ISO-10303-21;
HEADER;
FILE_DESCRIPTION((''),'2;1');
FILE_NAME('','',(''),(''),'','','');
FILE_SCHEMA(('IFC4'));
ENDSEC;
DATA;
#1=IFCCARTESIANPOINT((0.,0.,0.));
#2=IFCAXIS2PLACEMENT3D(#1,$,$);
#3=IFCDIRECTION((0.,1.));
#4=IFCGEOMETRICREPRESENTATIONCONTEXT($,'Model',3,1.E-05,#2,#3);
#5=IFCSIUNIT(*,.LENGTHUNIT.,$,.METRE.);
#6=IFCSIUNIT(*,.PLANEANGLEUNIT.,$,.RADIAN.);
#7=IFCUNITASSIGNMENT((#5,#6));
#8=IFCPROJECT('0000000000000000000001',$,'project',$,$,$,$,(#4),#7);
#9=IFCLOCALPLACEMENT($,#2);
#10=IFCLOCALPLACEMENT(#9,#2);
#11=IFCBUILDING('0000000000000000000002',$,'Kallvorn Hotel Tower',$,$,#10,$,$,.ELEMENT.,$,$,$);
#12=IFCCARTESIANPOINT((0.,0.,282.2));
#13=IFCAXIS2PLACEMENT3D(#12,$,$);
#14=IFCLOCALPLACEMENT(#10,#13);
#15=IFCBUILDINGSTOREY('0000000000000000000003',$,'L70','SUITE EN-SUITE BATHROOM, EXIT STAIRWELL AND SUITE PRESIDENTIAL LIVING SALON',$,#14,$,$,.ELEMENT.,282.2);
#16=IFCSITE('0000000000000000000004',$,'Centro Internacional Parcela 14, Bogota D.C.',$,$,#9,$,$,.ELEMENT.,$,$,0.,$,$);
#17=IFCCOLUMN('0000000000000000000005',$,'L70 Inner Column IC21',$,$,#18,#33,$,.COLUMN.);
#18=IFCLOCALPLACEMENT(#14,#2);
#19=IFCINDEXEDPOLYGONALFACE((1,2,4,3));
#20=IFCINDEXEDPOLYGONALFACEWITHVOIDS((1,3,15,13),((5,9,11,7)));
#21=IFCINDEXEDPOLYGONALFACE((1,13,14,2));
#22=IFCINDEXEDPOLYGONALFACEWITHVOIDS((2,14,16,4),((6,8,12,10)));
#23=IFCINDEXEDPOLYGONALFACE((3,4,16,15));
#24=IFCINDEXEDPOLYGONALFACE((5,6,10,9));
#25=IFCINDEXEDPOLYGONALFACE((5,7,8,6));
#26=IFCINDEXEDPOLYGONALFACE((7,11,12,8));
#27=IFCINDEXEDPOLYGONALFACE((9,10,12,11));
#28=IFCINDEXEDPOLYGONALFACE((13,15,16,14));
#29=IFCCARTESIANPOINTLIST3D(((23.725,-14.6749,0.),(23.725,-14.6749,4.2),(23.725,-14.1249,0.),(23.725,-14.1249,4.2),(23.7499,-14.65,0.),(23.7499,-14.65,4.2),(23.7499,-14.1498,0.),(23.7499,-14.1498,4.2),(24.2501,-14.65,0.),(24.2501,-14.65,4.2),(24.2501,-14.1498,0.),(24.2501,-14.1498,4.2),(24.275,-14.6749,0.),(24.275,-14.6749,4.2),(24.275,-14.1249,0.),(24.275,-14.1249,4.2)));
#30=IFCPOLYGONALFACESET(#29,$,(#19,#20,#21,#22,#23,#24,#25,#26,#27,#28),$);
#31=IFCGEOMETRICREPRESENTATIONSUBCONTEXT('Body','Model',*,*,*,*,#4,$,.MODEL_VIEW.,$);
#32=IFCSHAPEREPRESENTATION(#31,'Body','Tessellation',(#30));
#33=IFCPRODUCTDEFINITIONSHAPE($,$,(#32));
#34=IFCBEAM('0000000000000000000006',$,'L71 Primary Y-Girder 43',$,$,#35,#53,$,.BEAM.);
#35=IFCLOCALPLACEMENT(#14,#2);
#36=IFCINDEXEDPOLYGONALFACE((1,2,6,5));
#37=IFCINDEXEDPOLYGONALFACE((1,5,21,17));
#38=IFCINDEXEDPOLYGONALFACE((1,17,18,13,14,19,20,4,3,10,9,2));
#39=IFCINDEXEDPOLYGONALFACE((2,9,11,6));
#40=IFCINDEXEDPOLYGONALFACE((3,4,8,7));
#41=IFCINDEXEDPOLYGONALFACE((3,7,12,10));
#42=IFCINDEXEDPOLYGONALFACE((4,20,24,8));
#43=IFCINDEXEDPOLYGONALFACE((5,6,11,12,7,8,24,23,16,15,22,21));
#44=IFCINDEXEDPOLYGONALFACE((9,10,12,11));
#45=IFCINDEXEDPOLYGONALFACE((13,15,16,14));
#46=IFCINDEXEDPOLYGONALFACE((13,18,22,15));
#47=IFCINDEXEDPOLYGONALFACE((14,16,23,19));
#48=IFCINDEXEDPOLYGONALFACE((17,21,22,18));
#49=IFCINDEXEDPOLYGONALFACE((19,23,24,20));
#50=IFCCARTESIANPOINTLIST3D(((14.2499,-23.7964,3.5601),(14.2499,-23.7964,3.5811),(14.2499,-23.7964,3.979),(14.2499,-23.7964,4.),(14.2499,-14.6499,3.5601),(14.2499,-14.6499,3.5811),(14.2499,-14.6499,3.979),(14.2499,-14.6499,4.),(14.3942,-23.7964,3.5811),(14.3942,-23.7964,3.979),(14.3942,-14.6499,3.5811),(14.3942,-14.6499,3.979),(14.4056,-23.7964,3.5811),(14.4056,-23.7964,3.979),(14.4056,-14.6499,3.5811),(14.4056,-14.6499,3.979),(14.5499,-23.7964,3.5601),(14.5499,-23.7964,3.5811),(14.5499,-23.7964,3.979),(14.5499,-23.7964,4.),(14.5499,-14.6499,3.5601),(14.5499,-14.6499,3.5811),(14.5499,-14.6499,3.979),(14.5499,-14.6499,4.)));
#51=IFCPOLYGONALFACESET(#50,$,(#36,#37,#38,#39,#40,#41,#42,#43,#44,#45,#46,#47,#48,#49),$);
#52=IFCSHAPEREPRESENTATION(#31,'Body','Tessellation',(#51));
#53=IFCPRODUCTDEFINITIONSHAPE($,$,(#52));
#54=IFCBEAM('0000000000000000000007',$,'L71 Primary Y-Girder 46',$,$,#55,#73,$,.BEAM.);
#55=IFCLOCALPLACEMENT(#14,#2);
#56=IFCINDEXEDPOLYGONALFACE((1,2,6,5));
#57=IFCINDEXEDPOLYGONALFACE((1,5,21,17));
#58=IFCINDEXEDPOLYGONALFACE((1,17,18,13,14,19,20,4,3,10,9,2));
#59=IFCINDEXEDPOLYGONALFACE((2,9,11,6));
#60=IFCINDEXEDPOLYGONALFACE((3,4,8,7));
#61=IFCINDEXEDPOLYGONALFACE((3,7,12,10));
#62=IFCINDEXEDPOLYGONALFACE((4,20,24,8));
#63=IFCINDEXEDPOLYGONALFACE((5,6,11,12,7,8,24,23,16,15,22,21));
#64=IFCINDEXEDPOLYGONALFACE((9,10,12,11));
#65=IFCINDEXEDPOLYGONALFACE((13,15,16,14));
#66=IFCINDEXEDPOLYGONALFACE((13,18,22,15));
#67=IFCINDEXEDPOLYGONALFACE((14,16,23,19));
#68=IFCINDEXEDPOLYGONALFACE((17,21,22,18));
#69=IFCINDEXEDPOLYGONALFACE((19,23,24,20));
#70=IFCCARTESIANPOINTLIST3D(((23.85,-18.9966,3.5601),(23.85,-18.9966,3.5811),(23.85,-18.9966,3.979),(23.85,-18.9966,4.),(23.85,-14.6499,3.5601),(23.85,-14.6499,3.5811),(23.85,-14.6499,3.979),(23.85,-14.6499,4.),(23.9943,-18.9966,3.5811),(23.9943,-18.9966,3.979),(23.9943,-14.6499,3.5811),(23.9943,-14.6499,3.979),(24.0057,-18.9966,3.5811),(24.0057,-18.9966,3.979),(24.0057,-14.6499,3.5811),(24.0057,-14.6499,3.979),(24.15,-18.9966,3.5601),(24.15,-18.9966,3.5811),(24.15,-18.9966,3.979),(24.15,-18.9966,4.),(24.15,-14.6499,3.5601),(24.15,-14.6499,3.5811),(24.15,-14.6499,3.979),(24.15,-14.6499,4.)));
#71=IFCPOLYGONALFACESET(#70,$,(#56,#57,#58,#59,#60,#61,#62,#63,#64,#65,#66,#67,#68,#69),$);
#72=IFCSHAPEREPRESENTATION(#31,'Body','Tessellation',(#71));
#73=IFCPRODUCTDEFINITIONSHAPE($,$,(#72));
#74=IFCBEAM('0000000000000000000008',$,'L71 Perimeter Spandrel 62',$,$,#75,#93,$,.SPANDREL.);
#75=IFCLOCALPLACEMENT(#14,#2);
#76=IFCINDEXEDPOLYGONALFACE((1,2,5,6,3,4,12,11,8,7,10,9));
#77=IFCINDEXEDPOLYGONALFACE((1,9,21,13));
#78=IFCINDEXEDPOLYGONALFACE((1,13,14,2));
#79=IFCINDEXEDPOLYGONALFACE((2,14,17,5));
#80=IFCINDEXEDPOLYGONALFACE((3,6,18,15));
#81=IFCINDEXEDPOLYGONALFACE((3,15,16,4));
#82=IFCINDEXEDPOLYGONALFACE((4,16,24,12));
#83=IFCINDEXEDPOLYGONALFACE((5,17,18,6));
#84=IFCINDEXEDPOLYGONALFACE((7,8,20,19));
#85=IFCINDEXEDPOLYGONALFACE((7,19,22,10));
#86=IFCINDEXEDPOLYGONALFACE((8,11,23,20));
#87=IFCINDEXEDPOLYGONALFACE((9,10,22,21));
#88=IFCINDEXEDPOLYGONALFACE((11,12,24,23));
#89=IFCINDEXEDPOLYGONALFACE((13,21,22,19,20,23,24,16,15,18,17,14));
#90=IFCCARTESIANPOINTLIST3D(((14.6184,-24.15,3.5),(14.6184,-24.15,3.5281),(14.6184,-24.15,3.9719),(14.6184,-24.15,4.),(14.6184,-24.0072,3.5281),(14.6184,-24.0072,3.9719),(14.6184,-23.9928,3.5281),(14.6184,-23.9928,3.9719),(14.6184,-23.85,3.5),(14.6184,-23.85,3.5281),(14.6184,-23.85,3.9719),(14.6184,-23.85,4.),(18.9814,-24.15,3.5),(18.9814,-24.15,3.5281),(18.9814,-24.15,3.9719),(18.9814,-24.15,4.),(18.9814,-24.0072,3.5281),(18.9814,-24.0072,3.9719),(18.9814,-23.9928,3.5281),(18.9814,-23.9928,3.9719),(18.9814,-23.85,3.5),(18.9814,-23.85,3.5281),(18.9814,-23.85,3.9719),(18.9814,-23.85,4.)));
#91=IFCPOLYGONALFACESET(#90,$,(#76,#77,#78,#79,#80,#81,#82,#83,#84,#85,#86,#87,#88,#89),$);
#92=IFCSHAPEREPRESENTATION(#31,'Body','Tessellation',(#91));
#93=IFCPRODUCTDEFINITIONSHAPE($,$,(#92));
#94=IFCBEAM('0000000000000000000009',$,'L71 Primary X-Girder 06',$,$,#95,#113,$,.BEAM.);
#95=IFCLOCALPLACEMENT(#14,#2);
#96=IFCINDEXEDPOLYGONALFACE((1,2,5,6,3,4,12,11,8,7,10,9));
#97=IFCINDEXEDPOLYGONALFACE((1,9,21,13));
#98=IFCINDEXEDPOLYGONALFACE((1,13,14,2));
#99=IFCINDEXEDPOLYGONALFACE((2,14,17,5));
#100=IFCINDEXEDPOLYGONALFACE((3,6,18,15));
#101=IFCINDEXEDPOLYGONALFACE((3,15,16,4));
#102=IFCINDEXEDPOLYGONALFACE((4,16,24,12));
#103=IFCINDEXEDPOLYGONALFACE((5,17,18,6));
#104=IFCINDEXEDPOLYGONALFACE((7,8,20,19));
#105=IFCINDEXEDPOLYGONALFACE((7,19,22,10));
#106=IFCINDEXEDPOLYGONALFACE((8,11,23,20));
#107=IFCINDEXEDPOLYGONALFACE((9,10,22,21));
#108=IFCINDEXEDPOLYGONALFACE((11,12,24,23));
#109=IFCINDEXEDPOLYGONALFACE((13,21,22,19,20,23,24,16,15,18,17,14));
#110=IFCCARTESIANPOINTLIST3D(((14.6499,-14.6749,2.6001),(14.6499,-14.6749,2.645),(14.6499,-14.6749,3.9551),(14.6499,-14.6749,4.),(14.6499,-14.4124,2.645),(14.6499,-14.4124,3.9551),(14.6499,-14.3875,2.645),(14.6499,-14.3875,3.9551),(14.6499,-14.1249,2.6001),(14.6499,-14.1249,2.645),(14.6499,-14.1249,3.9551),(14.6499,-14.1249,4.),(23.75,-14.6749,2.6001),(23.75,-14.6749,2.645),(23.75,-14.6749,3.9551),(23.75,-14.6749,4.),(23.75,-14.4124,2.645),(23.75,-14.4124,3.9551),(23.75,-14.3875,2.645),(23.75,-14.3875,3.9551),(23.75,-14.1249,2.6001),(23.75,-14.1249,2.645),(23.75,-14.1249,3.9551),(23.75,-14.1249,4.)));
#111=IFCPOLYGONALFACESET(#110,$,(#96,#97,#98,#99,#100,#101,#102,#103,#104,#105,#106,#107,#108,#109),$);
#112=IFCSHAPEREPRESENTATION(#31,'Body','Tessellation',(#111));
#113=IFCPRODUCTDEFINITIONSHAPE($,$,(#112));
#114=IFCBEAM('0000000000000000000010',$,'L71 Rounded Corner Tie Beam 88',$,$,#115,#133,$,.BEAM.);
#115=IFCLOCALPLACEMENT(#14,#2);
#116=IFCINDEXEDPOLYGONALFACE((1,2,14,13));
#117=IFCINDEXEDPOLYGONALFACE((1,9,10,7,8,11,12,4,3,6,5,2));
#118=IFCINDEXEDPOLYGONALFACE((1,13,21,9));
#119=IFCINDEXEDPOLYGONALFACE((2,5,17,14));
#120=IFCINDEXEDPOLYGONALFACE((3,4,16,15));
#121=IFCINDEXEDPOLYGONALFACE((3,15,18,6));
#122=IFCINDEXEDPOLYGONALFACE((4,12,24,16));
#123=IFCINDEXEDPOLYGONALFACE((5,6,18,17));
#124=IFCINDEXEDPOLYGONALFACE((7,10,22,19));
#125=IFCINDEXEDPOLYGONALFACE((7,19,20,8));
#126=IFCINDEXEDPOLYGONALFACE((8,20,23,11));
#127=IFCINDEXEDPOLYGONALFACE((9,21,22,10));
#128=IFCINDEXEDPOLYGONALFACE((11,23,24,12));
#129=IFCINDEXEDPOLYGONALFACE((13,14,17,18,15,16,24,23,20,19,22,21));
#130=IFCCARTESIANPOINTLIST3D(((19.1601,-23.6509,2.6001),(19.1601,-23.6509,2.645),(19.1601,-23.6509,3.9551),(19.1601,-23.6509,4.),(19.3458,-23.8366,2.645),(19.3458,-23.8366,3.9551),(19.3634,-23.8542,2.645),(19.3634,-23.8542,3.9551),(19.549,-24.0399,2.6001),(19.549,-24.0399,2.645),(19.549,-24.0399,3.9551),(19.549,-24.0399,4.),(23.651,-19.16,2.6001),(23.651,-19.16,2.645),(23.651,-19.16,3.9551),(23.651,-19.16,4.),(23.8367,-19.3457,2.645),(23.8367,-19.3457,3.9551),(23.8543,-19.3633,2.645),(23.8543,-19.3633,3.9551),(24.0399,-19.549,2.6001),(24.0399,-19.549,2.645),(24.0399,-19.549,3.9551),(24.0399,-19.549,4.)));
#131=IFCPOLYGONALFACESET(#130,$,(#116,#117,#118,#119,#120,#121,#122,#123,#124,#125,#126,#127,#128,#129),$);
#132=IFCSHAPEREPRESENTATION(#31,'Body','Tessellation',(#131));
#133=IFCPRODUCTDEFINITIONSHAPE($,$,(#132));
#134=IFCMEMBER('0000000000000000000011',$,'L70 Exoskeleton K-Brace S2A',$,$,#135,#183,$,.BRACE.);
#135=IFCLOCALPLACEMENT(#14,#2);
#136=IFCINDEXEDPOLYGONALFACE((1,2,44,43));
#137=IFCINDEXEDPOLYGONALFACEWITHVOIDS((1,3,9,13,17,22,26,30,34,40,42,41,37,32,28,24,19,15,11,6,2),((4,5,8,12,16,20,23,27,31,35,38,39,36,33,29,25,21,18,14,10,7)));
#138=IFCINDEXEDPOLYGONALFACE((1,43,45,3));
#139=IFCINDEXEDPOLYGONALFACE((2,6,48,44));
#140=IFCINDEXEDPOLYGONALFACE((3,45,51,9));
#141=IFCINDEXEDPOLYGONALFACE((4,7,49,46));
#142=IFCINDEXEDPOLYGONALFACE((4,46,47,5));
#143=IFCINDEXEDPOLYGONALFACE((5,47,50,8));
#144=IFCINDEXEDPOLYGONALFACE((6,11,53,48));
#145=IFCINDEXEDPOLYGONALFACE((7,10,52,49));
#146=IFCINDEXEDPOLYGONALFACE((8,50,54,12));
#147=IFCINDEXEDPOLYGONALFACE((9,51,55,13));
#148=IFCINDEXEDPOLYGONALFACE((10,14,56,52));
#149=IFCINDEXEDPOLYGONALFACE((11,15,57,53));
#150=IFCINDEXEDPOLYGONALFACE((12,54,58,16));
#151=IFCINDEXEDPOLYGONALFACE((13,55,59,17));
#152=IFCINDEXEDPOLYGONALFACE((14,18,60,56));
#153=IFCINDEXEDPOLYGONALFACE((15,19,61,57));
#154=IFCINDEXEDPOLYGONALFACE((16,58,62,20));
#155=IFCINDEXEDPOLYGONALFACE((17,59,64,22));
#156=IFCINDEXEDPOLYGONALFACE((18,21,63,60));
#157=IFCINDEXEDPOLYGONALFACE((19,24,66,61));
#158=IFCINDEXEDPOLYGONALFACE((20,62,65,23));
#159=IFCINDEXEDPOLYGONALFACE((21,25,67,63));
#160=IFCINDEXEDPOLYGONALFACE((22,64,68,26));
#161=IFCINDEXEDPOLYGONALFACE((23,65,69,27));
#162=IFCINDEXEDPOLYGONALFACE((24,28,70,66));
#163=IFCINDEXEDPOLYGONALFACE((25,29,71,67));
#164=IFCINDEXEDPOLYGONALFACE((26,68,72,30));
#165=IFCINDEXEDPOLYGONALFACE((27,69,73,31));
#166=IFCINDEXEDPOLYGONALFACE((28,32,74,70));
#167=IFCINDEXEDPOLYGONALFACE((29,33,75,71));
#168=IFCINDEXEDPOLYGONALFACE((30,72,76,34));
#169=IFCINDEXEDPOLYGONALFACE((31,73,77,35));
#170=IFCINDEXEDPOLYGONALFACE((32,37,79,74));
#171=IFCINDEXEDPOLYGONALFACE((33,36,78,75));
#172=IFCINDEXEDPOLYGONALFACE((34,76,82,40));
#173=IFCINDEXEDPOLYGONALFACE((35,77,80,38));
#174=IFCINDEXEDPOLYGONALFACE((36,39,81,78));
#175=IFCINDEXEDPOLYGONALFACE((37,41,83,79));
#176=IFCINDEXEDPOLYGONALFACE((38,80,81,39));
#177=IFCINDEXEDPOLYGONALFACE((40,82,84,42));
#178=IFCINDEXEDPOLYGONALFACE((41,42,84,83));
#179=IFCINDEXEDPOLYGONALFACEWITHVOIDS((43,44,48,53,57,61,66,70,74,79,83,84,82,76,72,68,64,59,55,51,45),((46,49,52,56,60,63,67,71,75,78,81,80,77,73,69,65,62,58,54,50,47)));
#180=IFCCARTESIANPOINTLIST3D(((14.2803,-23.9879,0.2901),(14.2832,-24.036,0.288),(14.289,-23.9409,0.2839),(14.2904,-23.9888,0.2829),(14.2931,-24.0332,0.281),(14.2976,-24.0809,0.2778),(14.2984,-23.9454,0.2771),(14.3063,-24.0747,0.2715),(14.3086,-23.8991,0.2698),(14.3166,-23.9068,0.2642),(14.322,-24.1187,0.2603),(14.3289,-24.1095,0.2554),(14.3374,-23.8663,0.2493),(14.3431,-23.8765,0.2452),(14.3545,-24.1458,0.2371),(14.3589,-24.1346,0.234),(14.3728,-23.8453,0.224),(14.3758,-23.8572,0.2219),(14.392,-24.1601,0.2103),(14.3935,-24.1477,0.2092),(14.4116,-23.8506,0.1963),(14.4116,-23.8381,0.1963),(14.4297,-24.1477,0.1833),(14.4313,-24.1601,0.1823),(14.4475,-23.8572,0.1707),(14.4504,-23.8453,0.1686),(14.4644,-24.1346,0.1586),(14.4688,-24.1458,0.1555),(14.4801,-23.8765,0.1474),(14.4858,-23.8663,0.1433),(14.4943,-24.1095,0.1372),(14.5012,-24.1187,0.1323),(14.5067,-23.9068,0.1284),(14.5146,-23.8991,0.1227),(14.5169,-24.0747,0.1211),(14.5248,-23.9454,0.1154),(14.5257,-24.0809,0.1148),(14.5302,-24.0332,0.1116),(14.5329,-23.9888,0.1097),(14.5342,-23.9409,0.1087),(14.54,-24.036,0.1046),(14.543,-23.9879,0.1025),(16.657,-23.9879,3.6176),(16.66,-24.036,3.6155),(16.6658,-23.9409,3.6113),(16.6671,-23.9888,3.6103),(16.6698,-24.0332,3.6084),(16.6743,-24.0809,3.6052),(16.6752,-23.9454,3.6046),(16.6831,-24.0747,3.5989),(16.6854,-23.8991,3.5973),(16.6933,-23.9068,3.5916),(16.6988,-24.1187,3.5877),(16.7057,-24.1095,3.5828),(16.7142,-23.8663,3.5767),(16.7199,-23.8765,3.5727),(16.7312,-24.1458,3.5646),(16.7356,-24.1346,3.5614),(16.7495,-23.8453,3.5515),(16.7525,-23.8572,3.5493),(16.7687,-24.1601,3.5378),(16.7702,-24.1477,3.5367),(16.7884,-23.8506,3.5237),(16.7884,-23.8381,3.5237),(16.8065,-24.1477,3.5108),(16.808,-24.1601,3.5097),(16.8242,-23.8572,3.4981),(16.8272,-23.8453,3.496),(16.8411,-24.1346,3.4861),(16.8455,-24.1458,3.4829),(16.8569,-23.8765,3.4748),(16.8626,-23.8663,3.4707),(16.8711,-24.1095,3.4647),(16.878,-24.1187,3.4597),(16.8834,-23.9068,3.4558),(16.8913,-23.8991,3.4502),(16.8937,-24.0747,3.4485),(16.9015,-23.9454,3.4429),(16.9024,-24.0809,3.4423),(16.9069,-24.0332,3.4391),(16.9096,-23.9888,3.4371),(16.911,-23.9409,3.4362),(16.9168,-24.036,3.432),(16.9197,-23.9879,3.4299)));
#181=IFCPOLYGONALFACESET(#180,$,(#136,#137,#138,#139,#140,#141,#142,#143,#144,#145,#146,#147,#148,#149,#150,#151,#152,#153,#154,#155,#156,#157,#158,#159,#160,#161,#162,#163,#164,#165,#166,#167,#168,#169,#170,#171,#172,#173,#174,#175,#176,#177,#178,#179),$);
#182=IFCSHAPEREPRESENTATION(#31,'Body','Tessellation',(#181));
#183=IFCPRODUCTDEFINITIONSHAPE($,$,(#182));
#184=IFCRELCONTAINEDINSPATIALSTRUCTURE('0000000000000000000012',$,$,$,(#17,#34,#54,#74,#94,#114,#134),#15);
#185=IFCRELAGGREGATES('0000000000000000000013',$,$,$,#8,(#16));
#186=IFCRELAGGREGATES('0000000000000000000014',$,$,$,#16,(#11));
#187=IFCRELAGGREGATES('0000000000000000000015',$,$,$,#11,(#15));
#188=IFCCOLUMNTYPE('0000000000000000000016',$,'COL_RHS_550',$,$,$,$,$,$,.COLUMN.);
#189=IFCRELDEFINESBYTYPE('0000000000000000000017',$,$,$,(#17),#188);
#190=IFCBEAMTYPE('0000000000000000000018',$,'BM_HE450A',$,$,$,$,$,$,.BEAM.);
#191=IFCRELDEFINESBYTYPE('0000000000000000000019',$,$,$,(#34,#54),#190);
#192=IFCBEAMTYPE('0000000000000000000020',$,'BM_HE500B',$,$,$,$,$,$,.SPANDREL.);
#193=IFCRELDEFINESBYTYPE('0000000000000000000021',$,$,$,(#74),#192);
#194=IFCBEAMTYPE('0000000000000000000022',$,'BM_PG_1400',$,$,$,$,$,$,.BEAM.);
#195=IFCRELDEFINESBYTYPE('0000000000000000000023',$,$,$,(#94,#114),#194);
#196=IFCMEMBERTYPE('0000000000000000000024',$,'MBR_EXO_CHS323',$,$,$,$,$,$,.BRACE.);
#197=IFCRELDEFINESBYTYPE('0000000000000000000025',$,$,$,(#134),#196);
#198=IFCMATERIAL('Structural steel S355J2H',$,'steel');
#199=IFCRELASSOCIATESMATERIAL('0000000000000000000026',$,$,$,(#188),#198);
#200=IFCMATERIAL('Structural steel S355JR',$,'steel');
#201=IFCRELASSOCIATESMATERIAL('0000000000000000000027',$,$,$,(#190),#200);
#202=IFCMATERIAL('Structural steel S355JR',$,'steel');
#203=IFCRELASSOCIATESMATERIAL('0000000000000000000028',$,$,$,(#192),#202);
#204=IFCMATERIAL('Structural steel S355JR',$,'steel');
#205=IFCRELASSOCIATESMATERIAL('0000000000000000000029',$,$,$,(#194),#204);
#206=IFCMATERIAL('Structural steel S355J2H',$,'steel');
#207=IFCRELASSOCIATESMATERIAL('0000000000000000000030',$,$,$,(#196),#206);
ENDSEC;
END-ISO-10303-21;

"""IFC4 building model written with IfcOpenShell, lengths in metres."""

from ifc_helpers import new_model, si_unit, direction, frame, origin, origin_2d, place, context, subcontext, project, spatial, hollow_rectangle, hollow_circle, i_section, extrude, material, material_profile, profile_set, type_object, element, save


model = new_model("IFC4")

# Units and contexts
model_context = context("Model", 3, precision=1e-05, world=origin(), true_north=direction((0.0, 1.0)))
body_context = subcontext(model_context, "Body", "Model", "MODEL_VIEW")
ifc_project = project(units=[si_unit("LENGTHUNIT", "METRE"), si_unit("PLANEANGLEUNIT", "RADIAN")], contexts=[model_context])

# Site, building, storey
site_placement = place(None, origin())
site = spatial("IfcSite", under=ifc_project, at=site_placement, Name="Centro Internacional Parcela 14, Bogota D.C.", CompositionType="ELEMENT", RefElevation=0.0)
building_placement = place(site_placement, origin())
building = spatial("IfcBuilding", under=site, at=building_placement, Name="Kallvorn Hotel Tower", CompositionType="ELEMENT")
storey_placement = place(building_placement, frame((0.0, 0.0, 282.2)))
storey = spatial("IfcBuildingStorey", under=building, at=storey_placement, Name="L70", Description="SUITE EN-SUITE BATHROOM, EXIT STAIRWELL AND SUITE PRESIDENTIAL LIVING SALON", CompositionType="ELEMENT", Elevation=282.2)

# Column
ifc_material_1 = material(Name="Structural steel S355J2H", Category="steel")
ifc_material_profile_1 = material_profile(ifc_material_1, hollow_rectangle(XDim=0.55, YDim=0.55, WallThickness=0.0249, at=origin_2d()), Name="RHS 550x550x25")
ifc_profile_set_1 = profile_set([ifc_material_profile_1], Name="Structural steel S355J2H")
column_type_1 = type_object("IfcColumnType", Name="COL_RHS_550", PredefinedType="COLUMN", material=ifc_profile_set_1)
for number, where, z_axis, x_axis, name in (
    (1, (24.0, -14.3999, 0.0), (0.0, 0.0, 1.0), (1.0, 0.0, 0.0), "L70 Inner Column IC21"),
):
    element("IfcColumn", number, at=place(storey_placement, frame(where, z_axis=z_axis, x_axis=x_axis)), inside=storey, type_object=column_type_1, Name=name, PredefinedType="COLUMN", context=body_context, shape_type="SweptSolid", body=[
        extrude(hollow_rectangle(XDim=0.55, YDim=0.55, WallThickness=0.0249, at=origin_2d()), origin(), (0.0, 0.0, 1.0), 4.2),
    ])

# Beams
ifc_material_2 = material(Name="Structural steel S355JR", Category="steel")
ifc_material_profile_2 = material_profile(ifc_material_2, i_section(OverallWidth=0.3, OverallDepth=0.4399, WebThickness=0.0115, FlangeThickness=0.021, at=origin_2d()), Name="HE 450 A")
ifc_profile_set_2 = profile_set([ifc_material_profile_2], Name="Structural steel S355JR")
beam_type_1 = type_object("IfcBeamType", Name="BM_HE450A", PredefinedType="BEAM", material=ifc_profile_set_2)
beam_1_placement = place(storey_placement, frame((14.3999, -23.7964, 3.78), z_axis=(0.0, 1.0, 0.0), x_axis=(-1.0, 0.0, 0.0)))
element("IfcBeam", 2, at=beam_1_placement, inside=storey, type_object=beam_type_1, Name="L71 Primary Y-Girder 43", PredefinedType="BEAM", context=body_context, shape_type="SweptSolid", body=[
    extrude(i_section(OverallWidth=0.3, OverallDepth=0.4399, WebThickness=0.0115, FlangeThickness=0.021, at=origin_2d()), origin(), (0.0, 0.0, 1.0), 9.1465),
])
beam_2_placement = place(storey_placement, frame((24.0, -18.9966, 3.78), z_axis=(0.0, 1.0, 0.0), x_axis=(-1.0, 0.0, 0.0)))
element("IfcBeam", 3, at=beam_2_placement, inside=storey, type_object=beam_type_1, Name="L71 Primary Y-Girder 46", PredefinedType="BEAM", context=body_context, shape_type="SweptSolid", body=[
    extrude(i_section(OverallWidth=0.3, OverallDepth=0.4399, WebThickness=0.0115, FlangeThickness=0.021, at=origin_2d()), origin(), (0.0, 0.0, 1.0), 4.3467),
])
ifc_material_3 = material(Name="Structural steel S355JR", Category="steel")
ifc_material_profile_3 = material_profile(ifc_material_3, i_section(OverallWidth=0.3, OverallDepth=0.5, WebThickness=0.0144, FlangeThickness=0.0281, at=origin_2d()), Name="HE 500 B")
ifc_profile_set_3 = profile_set([ifc_material_profile_3], Name="Structural steel S355JR")
beam_type_2 = type_object("IfcBeamType", Name="BM_HE500B", PredefinedType="SPANDREL", material=ifc_profile_set_3)
beam_3_placement = place(storey_placement, frame((14.6184, -24.0, 3.75), z_axis=(1.0, 0.0, 0.0), x_axis=(0.0, 1.0, 0.0)))
element("IfcBeam", 4, at=beam_3_placement, inside=storey, type_object=beam_type_2, Name="L71 Perimeter Spandrel 62", PredefinedType="SPANDREL", context=body_context, shape_type="SweptSolid", body=[
    extrude(i_section(OverallWidth=0.3, OverallDepth=0.5, WebThickness=0.0144, FlangeThickness=0.0281, at=origin_2d()), origin(), (0.0, 0.0, 1.0), 4.363),
])
ifc_material_4 = material(Name="Structural steel S355JR", Category="steel")
ifc_material_profile_4 = material_profile(ifc_material_4, i_section(OverallWidth=0.55, OverallDepth=1.3999, WebThickness=0.0249, FlangeThickness=0.0449, at=origin_2d()), Name="PG 1400x550x25x45")
ifc_profile_set_4 = profile_set([ifc_material_profile_4], Name="Structural steel S355JR")
beam_type_3 = type_object("IfcBeamType", Name="BM_PG_1400", PredefinedType="BEAM", material=ifc_profile_set_4)
beam_4_placement = place(storey_placement, frame((14.6499, -14.3999, 3.3), z_axis=(1.0, 0.0, 0.0), x_axis=(0.0, 1.0, 0.0)))
element("IfcBeam", 5, at=beam_4_placement, inside=storey, type_object=beam_type_3, Name="L71 Primary X-Girder 06", PredefinedType="BEAM", context=body_context, shape_type="SweptSolid", body=[
    extrude(i_section(OverallWidth=0.55, OverallDepth=1.3999, WebThickness=0.0249, FlangeThickness=0.0449, at=origin_2d()), origin(), (0.0, 0.0, 1.0), 9.1001),
])
beam_5_placement = place(storey_placement, frame((23.8455, -19.3545, 3.3), z_axis=(-0.707107, -0.707107, 0.0), x_axis=(0.707107, -0.707107, 0.0)))
element("IfcBeam", 6, at=beam_5_placement, inside=storey, type_object=beam_type_3, Name="L71 Rounded Corner Tie Beam 88", PredefinedType="BEAM", context=body_context, shape_type="SweptSolid", body=[
    extrude(i_section(OverallWidth=0.55, OverallDepth=1.3999, WebThickness=0.0249, FlangeThickness=0.0449, at=origin_2d()), origin(), (0.0, 0.0, 1.0), 6.3511),
])

# Member
ifc_material_5 = material(Name="Structural steel S355J2H", Category="steel")
ifc_material_profile_5 = material_profile(ifc_material_5, hollow_circle(Radius=0.1619, WallThickness=0.0125, at=origin_2d()), Name="CHS 323.9x12.5")
ifc_profile_set_5 = profile_set([ifc_material_profile_5], Name="Structural steel S355J2H")
member_type = type_object("IfcMemberType", Name="MBR_EXO_CHS323", PredefinedType="BRACE", material=ifc_profile_set_5)
for number, where, z_axis, x_axis, name in (
    (7, (14.4116, -24.0, 0.1963), (0.581238, 0.0, 0.813733), (0.0, 1.0, 0.0), "L70 Exoskeleton K-Brace S2A"),
):
    element("IfcMember", number, at=place(storey_placement, frame(where, z_axis=z_axis, x_axis=x_axis)), inside=storey, type_object=member_type, Name=name, PredefinedType="BRACE", context=body_context, shape_type="SweptSolid", body=[
        extrude(hollow_circle(Radius=0.1619, WallThickness=0.0125, at=origin_2d()), origin(), (0.0, 0.0, 1.0), 4.0891),
    ])

save(model, "model.ifc")
